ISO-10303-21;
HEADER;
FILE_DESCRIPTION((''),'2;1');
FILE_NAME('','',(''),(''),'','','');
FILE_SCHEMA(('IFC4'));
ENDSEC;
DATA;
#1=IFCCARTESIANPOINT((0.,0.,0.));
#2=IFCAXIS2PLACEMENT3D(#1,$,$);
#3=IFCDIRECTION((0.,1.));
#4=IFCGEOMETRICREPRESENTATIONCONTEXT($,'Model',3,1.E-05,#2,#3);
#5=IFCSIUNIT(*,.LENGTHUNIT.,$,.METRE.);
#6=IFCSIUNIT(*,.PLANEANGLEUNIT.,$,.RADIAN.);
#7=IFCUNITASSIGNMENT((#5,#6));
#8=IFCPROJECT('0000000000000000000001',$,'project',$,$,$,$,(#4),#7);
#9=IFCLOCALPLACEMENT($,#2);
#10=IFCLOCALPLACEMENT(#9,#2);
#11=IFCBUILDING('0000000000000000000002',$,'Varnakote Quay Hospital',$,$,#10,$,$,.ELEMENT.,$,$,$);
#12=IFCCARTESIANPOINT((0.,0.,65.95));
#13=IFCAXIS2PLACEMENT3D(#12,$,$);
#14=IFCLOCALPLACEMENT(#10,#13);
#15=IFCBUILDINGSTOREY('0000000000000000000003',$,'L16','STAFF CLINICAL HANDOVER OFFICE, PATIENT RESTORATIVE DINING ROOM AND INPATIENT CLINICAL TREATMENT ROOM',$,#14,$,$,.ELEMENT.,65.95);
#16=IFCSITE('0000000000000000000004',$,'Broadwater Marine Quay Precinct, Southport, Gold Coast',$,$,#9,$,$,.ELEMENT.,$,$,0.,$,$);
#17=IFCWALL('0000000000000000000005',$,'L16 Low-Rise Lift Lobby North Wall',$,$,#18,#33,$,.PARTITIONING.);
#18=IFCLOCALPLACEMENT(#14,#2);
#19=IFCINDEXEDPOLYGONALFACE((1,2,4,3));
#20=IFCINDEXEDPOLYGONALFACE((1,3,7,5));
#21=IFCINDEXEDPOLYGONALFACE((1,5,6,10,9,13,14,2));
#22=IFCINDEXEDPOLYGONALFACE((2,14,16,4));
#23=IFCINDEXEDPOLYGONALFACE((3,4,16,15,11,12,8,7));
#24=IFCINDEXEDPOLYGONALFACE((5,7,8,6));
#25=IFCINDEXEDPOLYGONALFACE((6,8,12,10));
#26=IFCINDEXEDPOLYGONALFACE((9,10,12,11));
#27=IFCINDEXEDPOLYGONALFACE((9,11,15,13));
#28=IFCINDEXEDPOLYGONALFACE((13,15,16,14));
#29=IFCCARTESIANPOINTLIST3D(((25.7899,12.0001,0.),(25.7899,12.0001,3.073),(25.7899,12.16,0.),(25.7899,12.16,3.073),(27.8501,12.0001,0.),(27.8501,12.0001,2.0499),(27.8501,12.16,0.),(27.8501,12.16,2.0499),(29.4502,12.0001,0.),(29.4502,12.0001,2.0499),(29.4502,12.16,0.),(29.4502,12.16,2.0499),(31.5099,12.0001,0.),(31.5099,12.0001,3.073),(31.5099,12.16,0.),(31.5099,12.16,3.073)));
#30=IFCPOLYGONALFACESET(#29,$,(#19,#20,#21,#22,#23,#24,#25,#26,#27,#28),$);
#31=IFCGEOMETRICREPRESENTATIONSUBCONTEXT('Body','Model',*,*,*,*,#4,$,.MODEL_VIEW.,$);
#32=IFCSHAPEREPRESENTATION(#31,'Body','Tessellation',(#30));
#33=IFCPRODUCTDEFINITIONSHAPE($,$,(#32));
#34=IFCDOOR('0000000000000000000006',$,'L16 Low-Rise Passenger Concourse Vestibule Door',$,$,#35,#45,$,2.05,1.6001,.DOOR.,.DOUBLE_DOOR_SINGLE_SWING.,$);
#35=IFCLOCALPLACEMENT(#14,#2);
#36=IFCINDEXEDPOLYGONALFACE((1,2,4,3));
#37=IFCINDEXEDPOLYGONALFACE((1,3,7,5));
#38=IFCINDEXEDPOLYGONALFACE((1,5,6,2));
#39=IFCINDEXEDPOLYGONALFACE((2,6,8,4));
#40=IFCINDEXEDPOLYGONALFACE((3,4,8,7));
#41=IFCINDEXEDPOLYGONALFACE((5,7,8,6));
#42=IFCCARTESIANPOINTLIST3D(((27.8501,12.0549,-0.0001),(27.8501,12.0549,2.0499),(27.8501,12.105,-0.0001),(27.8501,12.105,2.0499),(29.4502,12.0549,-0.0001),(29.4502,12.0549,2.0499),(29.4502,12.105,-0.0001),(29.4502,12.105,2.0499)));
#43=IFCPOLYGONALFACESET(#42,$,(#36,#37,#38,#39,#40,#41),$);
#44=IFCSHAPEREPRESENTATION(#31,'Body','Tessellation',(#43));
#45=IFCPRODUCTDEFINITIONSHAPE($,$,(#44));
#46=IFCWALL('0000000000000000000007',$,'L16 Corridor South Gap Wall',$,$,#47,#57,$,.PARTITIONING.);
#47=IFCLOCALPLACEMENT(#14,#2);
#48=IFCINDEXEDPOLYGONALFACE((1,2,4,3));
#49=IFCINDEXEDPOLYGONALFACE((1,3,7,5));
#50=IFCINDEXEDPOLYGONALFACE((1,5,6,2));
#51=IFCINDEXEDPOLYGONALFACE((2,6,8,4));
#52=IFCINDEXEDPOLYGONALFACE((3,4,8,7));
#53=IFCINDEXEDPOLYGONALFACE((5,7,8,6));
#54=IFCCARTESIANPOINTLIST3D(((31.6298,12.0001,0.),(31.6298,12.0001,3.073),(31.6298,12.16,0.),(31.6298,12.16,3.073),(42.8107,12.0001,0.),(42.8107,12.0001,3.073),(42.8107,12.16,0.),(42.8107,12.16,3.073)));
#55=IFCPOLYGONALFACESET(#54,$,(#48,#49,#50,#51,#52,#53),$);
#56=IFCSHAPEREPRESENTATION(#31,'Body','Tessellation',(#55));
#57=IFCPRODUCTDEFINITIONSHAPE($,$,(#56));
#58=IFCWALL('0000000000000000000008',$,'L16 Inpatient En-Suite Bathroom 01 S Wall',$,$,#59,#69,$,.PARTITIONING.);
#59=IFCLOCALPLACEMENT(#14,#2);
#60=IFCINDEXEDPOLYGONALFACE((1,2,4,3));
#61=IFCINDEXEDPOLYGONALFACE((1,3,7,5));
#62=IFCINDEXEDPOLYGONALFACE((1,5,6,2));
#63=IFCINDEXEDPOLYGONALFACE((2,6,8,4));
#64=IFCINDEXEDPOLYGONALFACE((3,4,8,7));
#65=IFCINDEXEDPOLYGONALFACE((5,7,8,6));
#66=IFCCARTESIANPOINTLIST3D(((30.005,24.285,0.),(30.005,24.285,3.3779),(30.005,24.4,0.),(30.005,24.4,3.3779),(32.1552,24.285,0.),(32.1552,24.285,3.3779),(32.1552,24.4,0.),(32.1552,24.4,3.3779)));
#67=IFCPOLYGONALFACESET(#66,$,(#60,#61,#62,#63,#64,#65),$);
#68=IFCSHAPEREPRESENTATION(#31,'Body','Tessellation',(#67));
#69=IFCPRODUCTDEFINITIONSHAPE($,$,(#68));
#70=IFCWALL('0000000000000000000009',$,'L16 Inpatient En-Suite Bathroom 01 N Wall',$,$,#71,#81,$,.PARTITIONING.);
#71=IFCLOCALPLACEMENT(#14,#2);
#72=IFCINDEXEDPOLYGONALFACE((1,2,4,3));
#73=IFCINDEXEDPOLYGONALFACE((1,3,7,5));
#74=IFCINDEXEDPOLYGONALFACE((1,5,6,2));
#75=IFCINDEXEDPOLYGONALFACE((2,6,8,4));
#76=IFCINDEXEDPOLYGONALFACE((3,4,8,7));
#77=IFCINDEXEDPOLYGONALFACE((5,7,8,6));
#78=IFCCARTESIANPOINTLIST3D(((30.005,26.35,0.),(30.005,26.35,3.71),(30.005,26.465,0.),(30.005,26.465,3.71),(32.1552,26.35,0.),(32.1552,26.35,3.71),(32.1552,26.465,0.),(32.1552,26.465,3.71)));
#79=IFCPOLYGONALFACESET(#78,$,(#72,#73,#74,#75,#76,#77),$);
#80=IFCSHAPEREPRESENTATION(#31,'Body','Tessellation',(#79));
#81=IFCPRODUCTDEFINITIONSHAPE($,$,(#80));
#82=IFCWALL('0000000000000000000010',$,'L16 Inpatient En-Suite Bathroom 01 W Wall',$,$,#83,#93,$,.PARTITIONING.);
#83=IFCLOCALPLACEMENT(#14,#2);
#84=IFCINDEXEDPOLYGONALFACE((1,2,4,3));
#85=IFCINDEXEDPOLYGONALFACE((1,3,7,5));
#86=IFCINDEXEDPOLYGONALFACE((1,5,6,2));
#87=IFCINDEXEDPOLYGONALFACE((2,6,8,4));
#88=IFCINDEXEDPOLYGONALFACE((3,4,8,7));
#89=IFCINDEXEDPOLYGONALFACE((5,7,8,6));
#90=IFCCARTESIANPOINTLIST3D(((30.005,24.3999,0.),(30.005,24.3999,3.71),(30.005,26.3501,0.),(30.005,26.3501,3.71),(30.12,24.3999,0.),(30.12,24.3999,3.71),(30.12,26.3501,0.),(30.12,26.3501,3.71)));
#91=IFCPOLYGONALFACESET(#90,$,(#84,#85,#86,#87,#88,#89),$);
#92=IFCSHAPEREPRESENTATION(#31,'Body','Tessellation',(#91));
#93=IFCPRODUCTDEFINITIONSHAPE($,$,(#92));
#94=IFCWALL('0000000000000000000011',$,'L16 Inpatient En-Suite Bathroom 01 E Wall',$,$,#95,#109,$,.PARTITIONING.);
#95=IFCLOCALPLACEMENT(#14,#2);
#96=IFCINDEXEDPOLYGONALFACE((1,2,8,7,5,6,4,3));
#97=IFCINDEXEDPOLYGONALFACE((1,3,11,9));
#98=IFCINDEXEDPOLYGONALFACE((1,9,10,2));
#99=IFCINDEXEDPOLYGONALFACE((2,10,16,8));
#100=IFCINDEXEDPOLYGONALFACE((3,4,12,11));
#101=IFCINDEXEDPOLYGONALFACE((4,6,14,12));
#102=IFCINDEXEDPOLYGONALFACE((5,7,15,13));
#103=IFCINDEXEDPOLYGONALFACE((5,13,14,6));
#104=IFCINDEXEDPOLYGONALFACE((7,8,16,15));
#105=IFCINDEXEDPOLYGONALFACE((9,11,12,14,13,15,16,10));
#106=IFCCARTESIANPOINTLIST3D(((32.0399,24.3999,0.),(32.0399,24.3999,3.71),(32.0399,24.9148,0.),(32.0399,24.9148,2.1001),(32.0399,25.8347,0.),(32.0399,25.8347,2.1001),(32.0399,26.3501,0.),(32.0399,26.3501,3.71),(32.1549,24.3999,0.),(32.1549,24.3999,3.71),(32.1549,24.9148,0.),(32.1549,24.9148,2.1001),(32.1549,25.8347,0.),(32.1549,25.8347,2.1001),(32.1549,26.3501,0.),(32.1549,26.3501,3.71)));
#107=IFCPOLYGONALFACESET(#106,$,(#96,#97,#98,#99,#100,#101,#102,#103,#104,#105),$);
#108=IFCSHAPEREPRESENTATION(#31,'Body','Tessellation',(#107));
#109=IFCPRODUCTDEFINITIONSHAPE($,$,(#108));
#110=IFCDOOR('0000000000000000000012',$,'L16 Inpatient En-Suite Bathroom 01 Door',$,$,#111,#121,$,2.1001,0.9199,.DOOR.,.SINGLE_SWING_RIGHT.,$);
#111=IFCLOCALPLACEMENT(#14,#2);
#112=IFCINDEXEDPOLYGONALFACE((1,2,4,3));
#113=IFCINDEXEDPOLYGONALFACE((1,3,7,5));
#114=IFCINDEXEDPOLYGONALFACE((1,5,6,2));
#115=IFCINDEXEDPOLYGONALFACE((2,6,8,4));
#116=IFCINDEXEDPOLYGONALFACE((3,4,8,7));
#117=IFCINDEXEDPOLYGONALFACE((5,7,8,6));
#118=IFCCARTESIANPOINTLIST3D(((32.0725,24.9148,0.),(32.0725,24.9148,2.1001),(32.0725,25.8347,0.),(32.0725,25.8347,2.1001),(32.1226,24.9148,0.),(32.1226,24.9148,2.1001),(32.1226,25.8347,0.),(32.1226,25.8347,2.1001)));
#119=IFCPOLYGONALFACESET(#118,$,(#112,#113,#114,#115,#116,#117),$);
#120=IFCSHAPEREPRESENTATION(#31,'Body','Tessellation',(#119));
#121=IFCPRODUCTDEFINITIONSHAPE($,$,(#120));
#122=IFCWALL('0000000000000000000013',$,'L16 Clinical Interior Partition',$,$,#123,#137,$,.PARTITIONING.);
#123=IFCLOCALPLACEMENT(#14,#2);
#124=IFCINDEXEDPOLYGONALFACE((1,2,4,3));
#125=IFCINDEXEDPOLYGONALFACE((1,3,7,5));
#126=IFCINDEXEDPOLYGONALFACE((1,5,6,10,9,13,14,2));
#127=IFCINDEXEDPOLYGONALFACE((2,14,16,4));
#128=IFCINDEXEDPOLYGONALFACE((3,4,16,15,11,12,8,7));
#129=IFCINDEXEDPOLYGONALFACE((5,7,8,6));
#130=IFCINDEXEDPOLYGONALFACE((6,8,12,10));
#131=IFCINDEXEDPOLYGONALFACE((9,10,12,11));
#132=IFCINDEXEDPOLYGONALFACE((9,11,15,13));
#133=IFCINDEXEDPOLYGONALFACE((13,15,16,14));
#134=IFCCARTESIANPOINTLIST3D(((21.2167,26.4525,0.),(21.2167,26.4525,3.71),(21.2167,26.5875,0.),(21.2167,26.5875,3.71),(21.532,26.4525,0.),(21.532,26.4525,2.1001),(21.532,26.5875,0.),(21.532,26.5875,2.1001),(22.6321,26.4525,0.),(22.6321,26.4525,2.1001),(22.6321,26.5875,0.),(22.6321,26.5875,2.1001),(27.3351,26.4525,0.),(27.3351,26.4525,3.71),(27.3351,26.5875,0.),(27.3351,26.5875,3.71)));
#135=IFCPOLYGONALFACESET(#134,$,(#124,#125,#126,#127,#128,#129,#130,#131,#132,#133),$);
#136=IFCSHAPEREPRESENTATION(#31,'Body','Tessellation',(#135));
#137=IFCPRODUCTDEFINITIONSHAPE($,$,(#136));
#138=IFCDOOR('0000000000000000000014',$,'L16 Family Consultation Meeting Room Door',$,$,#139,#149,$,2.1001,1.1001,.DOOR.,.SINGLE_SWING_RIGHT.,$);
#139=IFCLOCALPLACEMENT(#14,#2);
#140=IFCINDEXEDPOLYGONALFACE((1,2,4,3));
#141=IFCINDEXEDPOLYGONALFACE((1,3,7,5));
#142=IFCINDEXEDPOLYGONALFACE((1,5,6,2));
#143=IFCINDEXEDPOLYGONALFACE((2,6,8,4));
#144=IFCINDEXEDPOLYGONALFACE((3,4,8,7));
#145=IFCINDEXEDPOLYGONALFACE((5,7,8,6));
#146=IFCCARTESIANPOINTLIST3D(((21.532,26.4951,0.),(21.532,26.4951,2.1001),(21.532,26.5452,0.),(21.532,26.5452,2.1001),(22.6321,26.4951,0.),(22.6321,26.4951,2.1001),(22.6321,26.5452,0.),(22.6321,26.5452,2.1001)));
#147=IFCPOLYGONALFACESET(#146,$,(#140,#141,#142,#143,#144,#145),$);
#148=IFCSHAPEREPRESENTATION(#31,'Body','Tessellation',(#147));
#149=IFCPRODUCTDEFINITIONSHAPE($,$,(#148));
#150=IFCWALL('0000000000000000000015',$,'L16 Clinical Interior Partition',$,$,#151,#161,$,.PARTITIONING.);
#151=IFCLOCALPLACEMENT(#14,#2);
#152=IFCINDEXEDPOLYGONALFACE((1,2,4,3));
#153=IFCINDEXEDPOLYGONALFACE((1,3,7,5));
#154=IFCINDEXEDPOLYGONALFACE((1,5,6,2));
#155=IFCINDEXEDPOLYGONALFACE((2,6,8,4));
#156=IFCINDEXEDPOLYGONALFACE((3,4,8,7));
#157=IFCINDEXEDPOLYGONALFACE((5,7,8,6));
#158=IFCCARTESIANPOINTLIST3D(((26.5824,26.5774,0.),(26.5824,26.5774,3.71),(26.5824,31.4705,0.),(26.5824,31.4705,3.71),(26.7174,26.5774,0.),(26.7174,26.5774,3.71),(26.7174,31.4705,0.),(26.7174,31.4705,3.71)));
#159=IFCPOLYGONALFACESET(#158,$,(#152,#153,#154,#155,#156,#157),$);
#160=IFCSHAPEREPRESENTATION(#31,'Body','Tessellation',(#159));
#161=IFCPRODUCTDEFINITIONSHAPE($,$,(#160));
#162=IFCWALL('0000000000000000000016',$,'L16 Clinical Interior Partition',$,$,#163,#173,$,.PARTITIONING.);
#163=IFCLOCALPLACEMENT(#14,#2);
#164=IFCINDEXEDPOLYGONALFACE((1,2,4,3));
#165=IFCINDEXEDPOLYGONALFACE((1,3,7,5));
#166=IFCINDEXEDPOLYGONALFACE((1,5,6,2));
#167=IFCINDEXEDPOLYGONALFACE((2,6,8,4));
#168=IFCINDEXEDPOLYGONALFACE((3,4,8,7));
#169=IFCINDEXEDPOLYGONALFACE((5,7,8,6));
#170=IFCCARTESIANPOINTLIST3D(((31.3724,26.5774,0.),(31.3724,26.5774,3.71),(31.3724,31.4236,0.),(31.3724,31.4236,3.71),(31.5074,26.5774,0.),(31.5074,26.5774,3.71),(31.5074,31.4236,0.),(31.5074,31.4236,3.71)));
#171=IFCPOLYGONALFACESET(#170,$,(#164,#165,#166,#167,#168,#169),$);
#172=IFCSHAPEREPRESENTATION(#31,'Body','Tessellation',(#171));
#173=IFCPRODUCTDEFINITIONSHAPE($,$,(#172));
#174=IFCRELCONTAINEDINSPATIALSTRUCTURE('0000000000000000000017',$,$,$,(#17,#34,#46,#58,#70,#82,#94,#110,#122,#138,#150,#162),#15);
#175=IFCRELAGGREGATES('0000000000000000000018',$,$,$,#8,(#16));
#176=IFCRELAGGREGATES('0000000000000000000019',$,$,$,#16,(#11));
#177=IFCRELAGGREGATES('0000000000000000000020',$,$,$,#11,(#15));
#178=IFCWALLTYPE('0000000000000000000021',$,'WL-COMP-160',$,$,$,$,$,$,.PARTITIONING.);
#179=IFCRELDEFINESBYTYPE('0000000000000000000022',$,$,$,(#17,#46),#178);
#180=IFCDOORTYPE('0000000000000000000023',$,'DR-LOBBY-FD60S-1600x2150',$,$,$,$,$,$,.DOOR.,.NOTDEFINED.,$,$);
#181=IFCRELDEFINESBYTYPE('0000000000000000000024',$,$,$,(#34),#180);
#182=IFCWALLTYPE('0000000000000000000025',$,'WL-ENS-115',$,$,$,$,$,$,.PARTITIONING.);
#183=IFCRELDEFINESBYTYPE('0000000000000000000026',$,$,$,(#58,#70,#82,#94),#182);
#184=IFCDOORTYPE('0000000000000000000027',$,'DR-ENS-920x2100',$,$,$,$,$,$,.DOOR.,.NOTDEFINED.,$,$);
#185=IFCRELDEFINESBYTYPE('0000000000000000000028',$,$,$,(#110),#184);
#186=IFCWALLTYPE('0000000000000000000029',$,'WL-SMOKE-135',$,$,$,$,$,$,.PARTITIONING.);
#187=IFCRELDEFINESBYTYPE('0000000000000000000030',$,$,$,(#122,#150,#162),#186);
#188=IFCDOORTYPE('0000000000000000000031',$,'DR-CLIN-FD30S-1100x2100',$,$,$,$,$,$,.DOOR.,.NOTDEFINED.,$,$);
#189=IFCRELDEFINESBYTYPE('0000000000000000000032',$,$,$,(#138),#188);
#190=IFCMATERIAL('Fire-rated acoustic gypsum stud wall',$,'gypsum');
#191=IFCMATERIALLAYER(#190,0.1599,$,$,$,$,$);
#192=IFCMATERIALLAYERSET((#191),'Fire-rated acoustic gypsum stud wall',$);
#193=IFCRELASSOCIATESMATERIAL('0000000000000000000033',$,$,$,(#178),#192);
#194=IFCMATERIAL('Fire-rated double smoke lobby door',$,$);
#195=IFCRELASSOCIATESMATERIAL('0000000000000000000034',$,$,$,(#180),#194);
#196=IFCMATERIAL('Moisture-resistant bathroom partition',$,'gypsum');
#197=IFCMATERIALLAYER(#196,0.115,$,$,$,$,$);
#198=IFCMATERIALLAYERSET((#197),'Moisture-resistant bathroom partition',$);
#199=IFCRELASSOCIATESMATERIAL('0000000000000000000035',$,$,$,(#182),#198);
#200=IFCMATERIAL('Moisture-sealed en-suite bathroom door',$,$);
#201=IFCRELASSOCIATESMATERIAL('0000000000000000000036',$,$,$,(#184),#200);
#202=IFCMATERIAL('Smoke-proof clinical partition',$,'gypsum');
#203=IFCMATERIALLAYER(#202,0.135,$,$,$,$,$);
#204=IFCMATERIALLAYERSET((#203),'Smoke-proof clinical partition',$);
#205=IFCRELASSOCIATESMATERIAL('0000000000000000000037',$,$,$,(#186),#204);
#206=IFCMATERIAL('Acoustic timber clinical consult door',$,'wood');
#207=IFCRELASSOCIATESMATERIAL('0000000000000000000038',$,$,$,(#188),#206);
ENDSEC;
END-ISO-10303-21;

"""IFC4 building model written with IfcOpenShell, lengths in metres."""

from ifc_helpers import new_model, si_unit, direction, frame, frame_2d, origin, place, context, subcontext, project, spatial, rectangle, extrude, material, layer, layer_set, type_object, element, fill, save


model = new_model("IFC4")

# Units and contexts
model_context = context("Model", 3, precision=1e-05, world=origin(), true_north=direction((0.0, 1.0)))
body_context = subcontext(model_context, "Body", "Model", "MODEL_VIEW")
ifc_project = project(units=[si_unit("LENGTHUNIT", "METRE"), si_unit("PLANEANGLEUNIT", "RADIAN")], contexts=[model_context])

# Site, building, storey
site_placement = place(None, origin())
site = spatial("IfcSite", under=ifc_project, at=site_placement, Name="Broadwater Marine Quay Precinct, Southport, Gold Coast", CompositionType="ELEMENT", RefElevation=0.0)
building_placement = place(site_placement, origin())
building = spatial("IfcBuilding", under=site, at=building_placement, Name="Varnakote Quay Hospital", CompositionType="ELEMENT")
storey_placement = place(building_placement, frame((0.0, 0.0, 65.95)))
storey = spatial("IfcBuildingStorey", under=building, at=storey_placement, Name="L16", Description="STAFF CLINICAL HANDOVER OFFICE, PATIENT RESTORATIVE DINING ROOM AND INPATIENT CLINICAL TREATMENT ROOM", CompositionType="ELEMENT", Elevation=65.95)

# Wall, opening, door
ifc_material_1 = material(Name="Fire-rated acoustic gypsum stud wall", Category="gypsum")
ifc_layer_1 = layer(ifc_material_1, 0.1599)
ifc_layer_set_1 = layer_set([ifc_layer_1], Name="Fire-rated acoustic gypsum stud wall")
wall_type_1 = type_object("IfcWallType", Name="WL-COMP-160", PredefinedType="PARTITIONING", material=ifc_layer_set_1)
wall_1_placement = place(storey_placement, frame((25.79, 12.0801, 0.0), z_axis=(0.0, 0.0, 1.0), x_axis=(1.0, 0.0, 0.0)))
wall_1 = element("IfcWall", 1, at=wall_1_placement, inside=storey, type_object=wall_type_1, Name="L16 Low-Rise Lift Lobby North Wall", PredefinedType="PARTITIONING", context=body_context, shape_type="SweptSolid", body=[
    extrude(rectangle(XDim=5.72, YDim=0.1599, at=frame_2d((2.8599, 0.0))), origin(), (0.0, 0.0, 1.0), 3.073),
])
opening_1_placement = place(wall_1_placement, frame((2.0601, 0.0, 0.0)))
opening_1 = element("IfcOpeningElement", 2, at=opening_1_placement, cuts=wall_1, PredefinedType="OPENING", context=body_context, shape_type="SweptSolid", body=[
    extrude(rectangle(XDim=1.6001, YDim=2.05, at=frame_2d((0.8, 1.0249))), frame((0.0, 0.0898, 0.0), z_axis=(0.0, -1.0, 0.0), x_axis=(1.0, 0.0, 0.0)), (0.0, 0.0, 1.0), 0.1799),
])
ifc_material_2 = material(Name="Fire-rated double smoke lobby door")
door_type_1 = type_object("IfcDoorType", Name="DR-LOBBY-FD60S-1600x2150", OperationType="NOTDEFINED", PredefinedType="DOOR", material=ifc_material_2)
door_1_placement = place(opening_1_placement, origin())
door_1 = element("IfcDoor", 3, at=door_1_placement, inside=storey, type_object=door_type_1, Name="L16 Low-Rise Passenger Concourse Vestibule Door", OperationType="DOUBLE_DOOR_SINGLE_SWING", OverallHeight=2.05, OverallWidth=1.6001, PredefinedType="DOOR", context=body_context, shape_type="SweptSolid", body=[
    extrude(rectangle(XDim=1.6001, YDim=2.05, at=frame_2d((0.8, 1.0249))), frame((0.0, 0.0249, 0.0), z_axis=(0.0, -1.0, 0.0), x_axis=(1.0, 0.0, 0.0)), (0.0, 0.0, 1.0), 0.05),
])
fill(opening_1, door_1)

# Walls
wall_2_placement = place(storey_placement, frame((31.6299, 12.0801, 0.0), z_axis=(0.0, 0.0, 1.0), x_axis=(1.0, 0.0, 0.0)))
element("IfcWall", 4, at=wall_2_placement, inside=storey, type_object=wall_type_1, Name="L16 Corridor South Gap Wall", PredefinedType="PARTITIONING", context=body_context, shape_type="SweptSolid", body=[
    extrude(rectangle(XDim=11.1809, YDim=0.1599, at=frame_2d((5.5903, 0.0))), origin(), (0.0, 0.0, 1.0), 3.073),
])
ifc_material_3 = material(Name="Moisture-resistant bathroom partition", Category="gypsum")
ifc_layer_2 = layer(ifc_material_3, 0.115)
ifc_layer_set_2 = layer_set([ifc_layer_2], Name="Moisture-resistant bathroom partition")
wall_type_2 = type_object("IfcWallType", Name="WL-ENS-115", PredefinedType="PARTITIONING", material=ifc_layer_set_2)
wall_3_placement = place(storey_placement, frame((30.0049, 24.3425, 0.0), z_axis=(0.0, 0.0, 1.0), x_axis=(1.0, 0.0, 0.0)))
element("IfcWall", 5, at=wall_3_placement, inside=storey, type_object=wall_type_2, Name="L16 Inpatient En-Suite Bathroom 01 S Wall", PredefinedType="PARTITIONING", context=body_context, shape_type="SweptSolid", body=[
    extrude(rectangle(XDim=2.1501, YDim=0.115, at=frame_2d((1.0752, 0.0))), origin(), (0.0, 0.0, 1.0), 3.3779),
])
wall_4_placement = place(storey_placement, frame((30.0049, 26.4075, 0.0), z_axis=(0.0, 0.0, 1.0), x_axis=(1.0, 0.0, 0.0)))
element("IfcWall", 6, at=wall_4_placement, inside=storey, type_object=wall_type_2, Name="L16 Inpatient En-Suite Bathroom 01 N Wall", PredefinedType="PARTITIONING", context=body_context, shape_type="SweptSolid", body=[
    extrude(rectangle(XDim=2.1501, YDim=0.115, at=frame_2d((1.0752, 0.0))), origin(), (0.0, 0.0, 1.0), 3.71),
])
wall_5_placement = place(storey_placement, frame((30.0625, 24.3999, 0.0), z_axis=(0.0, 0.0, 1.0), x_axis=(0.0, 1.0, 0.0)))
element("IfcWall", 7, at=wall_5_placement, inside=storey, type_object=wall_type_2, Name="L16 Inpatient En-Suite Bathroom 01 W Wall", PredefinedType="PARTITIONING", context=body_context, shape_type="SweptSolid", body=[
    extrude(rectangle(XDim=1.9502, YDim=0.115, at=frame_2d((0.9751, 0.0))), origin(), (0.0, 0.0, 1.0), 3.71),
])

# Walls, openings, doors
wall_6_placement = place(storey_placement, frame((32.0974, 24.3999, 0.0), z_axis=(0.0, 0.0, 1.0), x_axis=(0.0, 1.0, 0.0)))
wall_6 = element("IfcWall", 8, at=wall_6_placement, inside=storey, type_object=wall_type_2, Name="L16 Inpatient En-Suite Bathroom 01 E Wall", PredefinedType="PARTITIONING", context=body_context, shape_type="SweptSolid", body=[
    extrude(rectangle(XDim=1.9502, YDim=0.115, at=frame_2d((0.9751, 0.0))), origin(), (0.0, 0.0, 1.0), 3.71),
])
opening_2_placement = place(wall_6_placement, frame((0.5149, 0.0, 0.0)))
opening_2 = element("IfcOpeningElement", 9, at=opening_2_placement, cuts=wall_6, PredefinedType="OPENING", context=body_context, shape_type="SweptSolid", body=[
    extrude(rectangle(XDim=0.9199, YDim=2.1001, at=frame_2d((0.46, 1.05))), frame((0.0, 0.0674, 0.0), z_axis=(0.0, -1.0, 0.0), x_axis=(1.0, 0.0, 0.0)), (0.0, 0.0, 1.0), 0.135),
])
ifc_material_4 = material(Name="Moisture-sealed en-suite bathroom door")
door_type_2 = type_object("IfcDoorType", Name="DR-ENS-920x2100", OperationType="NOTDEFINED", PredefinedType="DOOR", material=ifc_material_4)
door_2_placement = place(opening_2_placement, origin())
door_2 = element("IfcDoor", 10, at=door_2_placement, inside=storey, type_object=door_type_2, Name="L16 Inpatient En-Suite Bathroom 01 Door", OperationType="SINGLE_SWING_RIGHT", OverallHeight=2.1001, OverallWidth=0.9199, PredefinedType="DOOR", context=body_context, shape_type="SweptSolid", body=[
    extrude(rectangle(XDim=0.9199, YDim=2.1001, at=frame_2d((0.46, 1.05))), frame((0.0, 0.0249, 0.0), z_axis=(0.0, -1.0, 0.0), x_axis=(1.0, 0.0, 0.0)), (0.0, 0.0, 1.0), 0.05),
])
fill(opening_2, door_2)
ifc_material_5 = material(Name="Smoke-proof clinical partition", Category="gypsum")
ifc_layer_3 = layer(ifc_material_5, 0.135)
ifc_layer_set_3 = layer_set([ifc_layer_3], Name="Smoke-proof clinical partition")
wall_type_3 = type_object("IfcWallType", Name="WL-SMOKE-135", PredefinedType="PARTITIONING", material=ifc_layer_set_3)
wall_7_placement = place(storey_placement, frame((27.335, 26.52, 0.0), z_axis=(0.0, 0.0, 1.0), x_axis=(-1.0, 0.0, 0.0)))
wall_7 = element("IfcWall", 11, at=wall_7_placement, inside=storey, type_object=wall_type_3, Name="L16 Clinical Interior Partition", PredefinedType="PARTITIONING", context=body_context, shape_type="SweptSolid", body=[
    extrude(rectangle(XDim=6.1184, YDim=0.135, at=frame_2d((3.0591, 0.0))), origin(), (0.0, 0.0, 1.0), 3.71),
])
opening_3_placement = place(wall_7_placement, frame((4.7029, 0.0, 0.0)))
opening_3 = element("IfcOpeningElement", 12, at=opening_3_placement, cuts=wall_7, PredefinedType="OPENING", context=body_context, shape_type="SweptSolid", body=[
    extrude(rectangle(XDim=1.1001, YDim=2.1001, at=frame_2d((0.55, 1.05))), frame((0.0, 0.0774, 0.0), z_axis=(0.0, -1.0, 0.0), x_axis=(1.0, 0.0, 0.0)), (0.0, 0.0, 1.0), 0.155),
])
ifc_material_6 = material(Name="Acoustic timber clinical consult door", Category="wood")
door_type_3 = type_object("IfcDoorType", Name="DR-CLIN-FD30S-1100x2100", OperationType="NOTDEFINED", PredefinedType="DOOR", material=ifc_material_6)
door_3_placement = place(opening_3_placement, origin())
door_3 = element("IfcDoor", 13, at=door_3_placement, inside=storey, type_object=door_type_3, Name="L16 Family Consultation Meeting Room Door", OperationType="SINGLE_SWING_RIGHT", OverallHeight=2.1001, OverallWidth=1.1001, PredefinedType="DOOR", context=body_context, shape_type="SweptSolid", body=[
    extrude(rectangle(XDim=1.1001, YDim=2.1001, at=frame_2d((0.55, 1.05))), frame((0.0, 0.0249, 0.0), z_axis=(0.0, -1.0, 0.0), x_axis=(1.0, 0.0, 0.0)), (0.0, 0.0, 1.0), 0.05),
])
fill(opening_3, door_3)

# Walls
wall_8_placement = place(storey_placement, frame((26.6499, 26.5774, 0.0), z_axis=(0.0, 0.0, 1.0), x_axis=(0.0, 1.0, 0.0)))
element("IfcWall", 14, at=wall_8_placement, inside=storey, type_object=wall_type_3, Name="L16 Clinical Interior Partition", PredefinedType="PARTITIONING", context=body_context, shape_type="SweptSolid", body=[
    extrude(rectangle(XDim=4.8931, YDim=0.135, at=frame_2d((2.4465, 0.0))), origin(), (0.0, 0.0, 1.0), 3.71),
])
wall_9_placement = place(storey_placement, frame((31.4399, 26.5774, 0.0), z_axis=(0.0, 0.0, 1.0), x_axis=(0.0, 1.0, 0.0)))
element("IfcWall", 15, at=wall_9_placement, inside=storey, type_object=wall_type_3, Name="L16 Clinical Interior Partition", PredefinedType="PARTITIONING", context=body_context, shape_type="SweptSolid", body=[
    extrude(rectangle(XDim=4.8462, YDim=0.135, at=frame_2d((2.4231, 0.0))), origin(), (0.0, 0.0, 1.0), 3.71),
])

save(model, "model.ifc")
